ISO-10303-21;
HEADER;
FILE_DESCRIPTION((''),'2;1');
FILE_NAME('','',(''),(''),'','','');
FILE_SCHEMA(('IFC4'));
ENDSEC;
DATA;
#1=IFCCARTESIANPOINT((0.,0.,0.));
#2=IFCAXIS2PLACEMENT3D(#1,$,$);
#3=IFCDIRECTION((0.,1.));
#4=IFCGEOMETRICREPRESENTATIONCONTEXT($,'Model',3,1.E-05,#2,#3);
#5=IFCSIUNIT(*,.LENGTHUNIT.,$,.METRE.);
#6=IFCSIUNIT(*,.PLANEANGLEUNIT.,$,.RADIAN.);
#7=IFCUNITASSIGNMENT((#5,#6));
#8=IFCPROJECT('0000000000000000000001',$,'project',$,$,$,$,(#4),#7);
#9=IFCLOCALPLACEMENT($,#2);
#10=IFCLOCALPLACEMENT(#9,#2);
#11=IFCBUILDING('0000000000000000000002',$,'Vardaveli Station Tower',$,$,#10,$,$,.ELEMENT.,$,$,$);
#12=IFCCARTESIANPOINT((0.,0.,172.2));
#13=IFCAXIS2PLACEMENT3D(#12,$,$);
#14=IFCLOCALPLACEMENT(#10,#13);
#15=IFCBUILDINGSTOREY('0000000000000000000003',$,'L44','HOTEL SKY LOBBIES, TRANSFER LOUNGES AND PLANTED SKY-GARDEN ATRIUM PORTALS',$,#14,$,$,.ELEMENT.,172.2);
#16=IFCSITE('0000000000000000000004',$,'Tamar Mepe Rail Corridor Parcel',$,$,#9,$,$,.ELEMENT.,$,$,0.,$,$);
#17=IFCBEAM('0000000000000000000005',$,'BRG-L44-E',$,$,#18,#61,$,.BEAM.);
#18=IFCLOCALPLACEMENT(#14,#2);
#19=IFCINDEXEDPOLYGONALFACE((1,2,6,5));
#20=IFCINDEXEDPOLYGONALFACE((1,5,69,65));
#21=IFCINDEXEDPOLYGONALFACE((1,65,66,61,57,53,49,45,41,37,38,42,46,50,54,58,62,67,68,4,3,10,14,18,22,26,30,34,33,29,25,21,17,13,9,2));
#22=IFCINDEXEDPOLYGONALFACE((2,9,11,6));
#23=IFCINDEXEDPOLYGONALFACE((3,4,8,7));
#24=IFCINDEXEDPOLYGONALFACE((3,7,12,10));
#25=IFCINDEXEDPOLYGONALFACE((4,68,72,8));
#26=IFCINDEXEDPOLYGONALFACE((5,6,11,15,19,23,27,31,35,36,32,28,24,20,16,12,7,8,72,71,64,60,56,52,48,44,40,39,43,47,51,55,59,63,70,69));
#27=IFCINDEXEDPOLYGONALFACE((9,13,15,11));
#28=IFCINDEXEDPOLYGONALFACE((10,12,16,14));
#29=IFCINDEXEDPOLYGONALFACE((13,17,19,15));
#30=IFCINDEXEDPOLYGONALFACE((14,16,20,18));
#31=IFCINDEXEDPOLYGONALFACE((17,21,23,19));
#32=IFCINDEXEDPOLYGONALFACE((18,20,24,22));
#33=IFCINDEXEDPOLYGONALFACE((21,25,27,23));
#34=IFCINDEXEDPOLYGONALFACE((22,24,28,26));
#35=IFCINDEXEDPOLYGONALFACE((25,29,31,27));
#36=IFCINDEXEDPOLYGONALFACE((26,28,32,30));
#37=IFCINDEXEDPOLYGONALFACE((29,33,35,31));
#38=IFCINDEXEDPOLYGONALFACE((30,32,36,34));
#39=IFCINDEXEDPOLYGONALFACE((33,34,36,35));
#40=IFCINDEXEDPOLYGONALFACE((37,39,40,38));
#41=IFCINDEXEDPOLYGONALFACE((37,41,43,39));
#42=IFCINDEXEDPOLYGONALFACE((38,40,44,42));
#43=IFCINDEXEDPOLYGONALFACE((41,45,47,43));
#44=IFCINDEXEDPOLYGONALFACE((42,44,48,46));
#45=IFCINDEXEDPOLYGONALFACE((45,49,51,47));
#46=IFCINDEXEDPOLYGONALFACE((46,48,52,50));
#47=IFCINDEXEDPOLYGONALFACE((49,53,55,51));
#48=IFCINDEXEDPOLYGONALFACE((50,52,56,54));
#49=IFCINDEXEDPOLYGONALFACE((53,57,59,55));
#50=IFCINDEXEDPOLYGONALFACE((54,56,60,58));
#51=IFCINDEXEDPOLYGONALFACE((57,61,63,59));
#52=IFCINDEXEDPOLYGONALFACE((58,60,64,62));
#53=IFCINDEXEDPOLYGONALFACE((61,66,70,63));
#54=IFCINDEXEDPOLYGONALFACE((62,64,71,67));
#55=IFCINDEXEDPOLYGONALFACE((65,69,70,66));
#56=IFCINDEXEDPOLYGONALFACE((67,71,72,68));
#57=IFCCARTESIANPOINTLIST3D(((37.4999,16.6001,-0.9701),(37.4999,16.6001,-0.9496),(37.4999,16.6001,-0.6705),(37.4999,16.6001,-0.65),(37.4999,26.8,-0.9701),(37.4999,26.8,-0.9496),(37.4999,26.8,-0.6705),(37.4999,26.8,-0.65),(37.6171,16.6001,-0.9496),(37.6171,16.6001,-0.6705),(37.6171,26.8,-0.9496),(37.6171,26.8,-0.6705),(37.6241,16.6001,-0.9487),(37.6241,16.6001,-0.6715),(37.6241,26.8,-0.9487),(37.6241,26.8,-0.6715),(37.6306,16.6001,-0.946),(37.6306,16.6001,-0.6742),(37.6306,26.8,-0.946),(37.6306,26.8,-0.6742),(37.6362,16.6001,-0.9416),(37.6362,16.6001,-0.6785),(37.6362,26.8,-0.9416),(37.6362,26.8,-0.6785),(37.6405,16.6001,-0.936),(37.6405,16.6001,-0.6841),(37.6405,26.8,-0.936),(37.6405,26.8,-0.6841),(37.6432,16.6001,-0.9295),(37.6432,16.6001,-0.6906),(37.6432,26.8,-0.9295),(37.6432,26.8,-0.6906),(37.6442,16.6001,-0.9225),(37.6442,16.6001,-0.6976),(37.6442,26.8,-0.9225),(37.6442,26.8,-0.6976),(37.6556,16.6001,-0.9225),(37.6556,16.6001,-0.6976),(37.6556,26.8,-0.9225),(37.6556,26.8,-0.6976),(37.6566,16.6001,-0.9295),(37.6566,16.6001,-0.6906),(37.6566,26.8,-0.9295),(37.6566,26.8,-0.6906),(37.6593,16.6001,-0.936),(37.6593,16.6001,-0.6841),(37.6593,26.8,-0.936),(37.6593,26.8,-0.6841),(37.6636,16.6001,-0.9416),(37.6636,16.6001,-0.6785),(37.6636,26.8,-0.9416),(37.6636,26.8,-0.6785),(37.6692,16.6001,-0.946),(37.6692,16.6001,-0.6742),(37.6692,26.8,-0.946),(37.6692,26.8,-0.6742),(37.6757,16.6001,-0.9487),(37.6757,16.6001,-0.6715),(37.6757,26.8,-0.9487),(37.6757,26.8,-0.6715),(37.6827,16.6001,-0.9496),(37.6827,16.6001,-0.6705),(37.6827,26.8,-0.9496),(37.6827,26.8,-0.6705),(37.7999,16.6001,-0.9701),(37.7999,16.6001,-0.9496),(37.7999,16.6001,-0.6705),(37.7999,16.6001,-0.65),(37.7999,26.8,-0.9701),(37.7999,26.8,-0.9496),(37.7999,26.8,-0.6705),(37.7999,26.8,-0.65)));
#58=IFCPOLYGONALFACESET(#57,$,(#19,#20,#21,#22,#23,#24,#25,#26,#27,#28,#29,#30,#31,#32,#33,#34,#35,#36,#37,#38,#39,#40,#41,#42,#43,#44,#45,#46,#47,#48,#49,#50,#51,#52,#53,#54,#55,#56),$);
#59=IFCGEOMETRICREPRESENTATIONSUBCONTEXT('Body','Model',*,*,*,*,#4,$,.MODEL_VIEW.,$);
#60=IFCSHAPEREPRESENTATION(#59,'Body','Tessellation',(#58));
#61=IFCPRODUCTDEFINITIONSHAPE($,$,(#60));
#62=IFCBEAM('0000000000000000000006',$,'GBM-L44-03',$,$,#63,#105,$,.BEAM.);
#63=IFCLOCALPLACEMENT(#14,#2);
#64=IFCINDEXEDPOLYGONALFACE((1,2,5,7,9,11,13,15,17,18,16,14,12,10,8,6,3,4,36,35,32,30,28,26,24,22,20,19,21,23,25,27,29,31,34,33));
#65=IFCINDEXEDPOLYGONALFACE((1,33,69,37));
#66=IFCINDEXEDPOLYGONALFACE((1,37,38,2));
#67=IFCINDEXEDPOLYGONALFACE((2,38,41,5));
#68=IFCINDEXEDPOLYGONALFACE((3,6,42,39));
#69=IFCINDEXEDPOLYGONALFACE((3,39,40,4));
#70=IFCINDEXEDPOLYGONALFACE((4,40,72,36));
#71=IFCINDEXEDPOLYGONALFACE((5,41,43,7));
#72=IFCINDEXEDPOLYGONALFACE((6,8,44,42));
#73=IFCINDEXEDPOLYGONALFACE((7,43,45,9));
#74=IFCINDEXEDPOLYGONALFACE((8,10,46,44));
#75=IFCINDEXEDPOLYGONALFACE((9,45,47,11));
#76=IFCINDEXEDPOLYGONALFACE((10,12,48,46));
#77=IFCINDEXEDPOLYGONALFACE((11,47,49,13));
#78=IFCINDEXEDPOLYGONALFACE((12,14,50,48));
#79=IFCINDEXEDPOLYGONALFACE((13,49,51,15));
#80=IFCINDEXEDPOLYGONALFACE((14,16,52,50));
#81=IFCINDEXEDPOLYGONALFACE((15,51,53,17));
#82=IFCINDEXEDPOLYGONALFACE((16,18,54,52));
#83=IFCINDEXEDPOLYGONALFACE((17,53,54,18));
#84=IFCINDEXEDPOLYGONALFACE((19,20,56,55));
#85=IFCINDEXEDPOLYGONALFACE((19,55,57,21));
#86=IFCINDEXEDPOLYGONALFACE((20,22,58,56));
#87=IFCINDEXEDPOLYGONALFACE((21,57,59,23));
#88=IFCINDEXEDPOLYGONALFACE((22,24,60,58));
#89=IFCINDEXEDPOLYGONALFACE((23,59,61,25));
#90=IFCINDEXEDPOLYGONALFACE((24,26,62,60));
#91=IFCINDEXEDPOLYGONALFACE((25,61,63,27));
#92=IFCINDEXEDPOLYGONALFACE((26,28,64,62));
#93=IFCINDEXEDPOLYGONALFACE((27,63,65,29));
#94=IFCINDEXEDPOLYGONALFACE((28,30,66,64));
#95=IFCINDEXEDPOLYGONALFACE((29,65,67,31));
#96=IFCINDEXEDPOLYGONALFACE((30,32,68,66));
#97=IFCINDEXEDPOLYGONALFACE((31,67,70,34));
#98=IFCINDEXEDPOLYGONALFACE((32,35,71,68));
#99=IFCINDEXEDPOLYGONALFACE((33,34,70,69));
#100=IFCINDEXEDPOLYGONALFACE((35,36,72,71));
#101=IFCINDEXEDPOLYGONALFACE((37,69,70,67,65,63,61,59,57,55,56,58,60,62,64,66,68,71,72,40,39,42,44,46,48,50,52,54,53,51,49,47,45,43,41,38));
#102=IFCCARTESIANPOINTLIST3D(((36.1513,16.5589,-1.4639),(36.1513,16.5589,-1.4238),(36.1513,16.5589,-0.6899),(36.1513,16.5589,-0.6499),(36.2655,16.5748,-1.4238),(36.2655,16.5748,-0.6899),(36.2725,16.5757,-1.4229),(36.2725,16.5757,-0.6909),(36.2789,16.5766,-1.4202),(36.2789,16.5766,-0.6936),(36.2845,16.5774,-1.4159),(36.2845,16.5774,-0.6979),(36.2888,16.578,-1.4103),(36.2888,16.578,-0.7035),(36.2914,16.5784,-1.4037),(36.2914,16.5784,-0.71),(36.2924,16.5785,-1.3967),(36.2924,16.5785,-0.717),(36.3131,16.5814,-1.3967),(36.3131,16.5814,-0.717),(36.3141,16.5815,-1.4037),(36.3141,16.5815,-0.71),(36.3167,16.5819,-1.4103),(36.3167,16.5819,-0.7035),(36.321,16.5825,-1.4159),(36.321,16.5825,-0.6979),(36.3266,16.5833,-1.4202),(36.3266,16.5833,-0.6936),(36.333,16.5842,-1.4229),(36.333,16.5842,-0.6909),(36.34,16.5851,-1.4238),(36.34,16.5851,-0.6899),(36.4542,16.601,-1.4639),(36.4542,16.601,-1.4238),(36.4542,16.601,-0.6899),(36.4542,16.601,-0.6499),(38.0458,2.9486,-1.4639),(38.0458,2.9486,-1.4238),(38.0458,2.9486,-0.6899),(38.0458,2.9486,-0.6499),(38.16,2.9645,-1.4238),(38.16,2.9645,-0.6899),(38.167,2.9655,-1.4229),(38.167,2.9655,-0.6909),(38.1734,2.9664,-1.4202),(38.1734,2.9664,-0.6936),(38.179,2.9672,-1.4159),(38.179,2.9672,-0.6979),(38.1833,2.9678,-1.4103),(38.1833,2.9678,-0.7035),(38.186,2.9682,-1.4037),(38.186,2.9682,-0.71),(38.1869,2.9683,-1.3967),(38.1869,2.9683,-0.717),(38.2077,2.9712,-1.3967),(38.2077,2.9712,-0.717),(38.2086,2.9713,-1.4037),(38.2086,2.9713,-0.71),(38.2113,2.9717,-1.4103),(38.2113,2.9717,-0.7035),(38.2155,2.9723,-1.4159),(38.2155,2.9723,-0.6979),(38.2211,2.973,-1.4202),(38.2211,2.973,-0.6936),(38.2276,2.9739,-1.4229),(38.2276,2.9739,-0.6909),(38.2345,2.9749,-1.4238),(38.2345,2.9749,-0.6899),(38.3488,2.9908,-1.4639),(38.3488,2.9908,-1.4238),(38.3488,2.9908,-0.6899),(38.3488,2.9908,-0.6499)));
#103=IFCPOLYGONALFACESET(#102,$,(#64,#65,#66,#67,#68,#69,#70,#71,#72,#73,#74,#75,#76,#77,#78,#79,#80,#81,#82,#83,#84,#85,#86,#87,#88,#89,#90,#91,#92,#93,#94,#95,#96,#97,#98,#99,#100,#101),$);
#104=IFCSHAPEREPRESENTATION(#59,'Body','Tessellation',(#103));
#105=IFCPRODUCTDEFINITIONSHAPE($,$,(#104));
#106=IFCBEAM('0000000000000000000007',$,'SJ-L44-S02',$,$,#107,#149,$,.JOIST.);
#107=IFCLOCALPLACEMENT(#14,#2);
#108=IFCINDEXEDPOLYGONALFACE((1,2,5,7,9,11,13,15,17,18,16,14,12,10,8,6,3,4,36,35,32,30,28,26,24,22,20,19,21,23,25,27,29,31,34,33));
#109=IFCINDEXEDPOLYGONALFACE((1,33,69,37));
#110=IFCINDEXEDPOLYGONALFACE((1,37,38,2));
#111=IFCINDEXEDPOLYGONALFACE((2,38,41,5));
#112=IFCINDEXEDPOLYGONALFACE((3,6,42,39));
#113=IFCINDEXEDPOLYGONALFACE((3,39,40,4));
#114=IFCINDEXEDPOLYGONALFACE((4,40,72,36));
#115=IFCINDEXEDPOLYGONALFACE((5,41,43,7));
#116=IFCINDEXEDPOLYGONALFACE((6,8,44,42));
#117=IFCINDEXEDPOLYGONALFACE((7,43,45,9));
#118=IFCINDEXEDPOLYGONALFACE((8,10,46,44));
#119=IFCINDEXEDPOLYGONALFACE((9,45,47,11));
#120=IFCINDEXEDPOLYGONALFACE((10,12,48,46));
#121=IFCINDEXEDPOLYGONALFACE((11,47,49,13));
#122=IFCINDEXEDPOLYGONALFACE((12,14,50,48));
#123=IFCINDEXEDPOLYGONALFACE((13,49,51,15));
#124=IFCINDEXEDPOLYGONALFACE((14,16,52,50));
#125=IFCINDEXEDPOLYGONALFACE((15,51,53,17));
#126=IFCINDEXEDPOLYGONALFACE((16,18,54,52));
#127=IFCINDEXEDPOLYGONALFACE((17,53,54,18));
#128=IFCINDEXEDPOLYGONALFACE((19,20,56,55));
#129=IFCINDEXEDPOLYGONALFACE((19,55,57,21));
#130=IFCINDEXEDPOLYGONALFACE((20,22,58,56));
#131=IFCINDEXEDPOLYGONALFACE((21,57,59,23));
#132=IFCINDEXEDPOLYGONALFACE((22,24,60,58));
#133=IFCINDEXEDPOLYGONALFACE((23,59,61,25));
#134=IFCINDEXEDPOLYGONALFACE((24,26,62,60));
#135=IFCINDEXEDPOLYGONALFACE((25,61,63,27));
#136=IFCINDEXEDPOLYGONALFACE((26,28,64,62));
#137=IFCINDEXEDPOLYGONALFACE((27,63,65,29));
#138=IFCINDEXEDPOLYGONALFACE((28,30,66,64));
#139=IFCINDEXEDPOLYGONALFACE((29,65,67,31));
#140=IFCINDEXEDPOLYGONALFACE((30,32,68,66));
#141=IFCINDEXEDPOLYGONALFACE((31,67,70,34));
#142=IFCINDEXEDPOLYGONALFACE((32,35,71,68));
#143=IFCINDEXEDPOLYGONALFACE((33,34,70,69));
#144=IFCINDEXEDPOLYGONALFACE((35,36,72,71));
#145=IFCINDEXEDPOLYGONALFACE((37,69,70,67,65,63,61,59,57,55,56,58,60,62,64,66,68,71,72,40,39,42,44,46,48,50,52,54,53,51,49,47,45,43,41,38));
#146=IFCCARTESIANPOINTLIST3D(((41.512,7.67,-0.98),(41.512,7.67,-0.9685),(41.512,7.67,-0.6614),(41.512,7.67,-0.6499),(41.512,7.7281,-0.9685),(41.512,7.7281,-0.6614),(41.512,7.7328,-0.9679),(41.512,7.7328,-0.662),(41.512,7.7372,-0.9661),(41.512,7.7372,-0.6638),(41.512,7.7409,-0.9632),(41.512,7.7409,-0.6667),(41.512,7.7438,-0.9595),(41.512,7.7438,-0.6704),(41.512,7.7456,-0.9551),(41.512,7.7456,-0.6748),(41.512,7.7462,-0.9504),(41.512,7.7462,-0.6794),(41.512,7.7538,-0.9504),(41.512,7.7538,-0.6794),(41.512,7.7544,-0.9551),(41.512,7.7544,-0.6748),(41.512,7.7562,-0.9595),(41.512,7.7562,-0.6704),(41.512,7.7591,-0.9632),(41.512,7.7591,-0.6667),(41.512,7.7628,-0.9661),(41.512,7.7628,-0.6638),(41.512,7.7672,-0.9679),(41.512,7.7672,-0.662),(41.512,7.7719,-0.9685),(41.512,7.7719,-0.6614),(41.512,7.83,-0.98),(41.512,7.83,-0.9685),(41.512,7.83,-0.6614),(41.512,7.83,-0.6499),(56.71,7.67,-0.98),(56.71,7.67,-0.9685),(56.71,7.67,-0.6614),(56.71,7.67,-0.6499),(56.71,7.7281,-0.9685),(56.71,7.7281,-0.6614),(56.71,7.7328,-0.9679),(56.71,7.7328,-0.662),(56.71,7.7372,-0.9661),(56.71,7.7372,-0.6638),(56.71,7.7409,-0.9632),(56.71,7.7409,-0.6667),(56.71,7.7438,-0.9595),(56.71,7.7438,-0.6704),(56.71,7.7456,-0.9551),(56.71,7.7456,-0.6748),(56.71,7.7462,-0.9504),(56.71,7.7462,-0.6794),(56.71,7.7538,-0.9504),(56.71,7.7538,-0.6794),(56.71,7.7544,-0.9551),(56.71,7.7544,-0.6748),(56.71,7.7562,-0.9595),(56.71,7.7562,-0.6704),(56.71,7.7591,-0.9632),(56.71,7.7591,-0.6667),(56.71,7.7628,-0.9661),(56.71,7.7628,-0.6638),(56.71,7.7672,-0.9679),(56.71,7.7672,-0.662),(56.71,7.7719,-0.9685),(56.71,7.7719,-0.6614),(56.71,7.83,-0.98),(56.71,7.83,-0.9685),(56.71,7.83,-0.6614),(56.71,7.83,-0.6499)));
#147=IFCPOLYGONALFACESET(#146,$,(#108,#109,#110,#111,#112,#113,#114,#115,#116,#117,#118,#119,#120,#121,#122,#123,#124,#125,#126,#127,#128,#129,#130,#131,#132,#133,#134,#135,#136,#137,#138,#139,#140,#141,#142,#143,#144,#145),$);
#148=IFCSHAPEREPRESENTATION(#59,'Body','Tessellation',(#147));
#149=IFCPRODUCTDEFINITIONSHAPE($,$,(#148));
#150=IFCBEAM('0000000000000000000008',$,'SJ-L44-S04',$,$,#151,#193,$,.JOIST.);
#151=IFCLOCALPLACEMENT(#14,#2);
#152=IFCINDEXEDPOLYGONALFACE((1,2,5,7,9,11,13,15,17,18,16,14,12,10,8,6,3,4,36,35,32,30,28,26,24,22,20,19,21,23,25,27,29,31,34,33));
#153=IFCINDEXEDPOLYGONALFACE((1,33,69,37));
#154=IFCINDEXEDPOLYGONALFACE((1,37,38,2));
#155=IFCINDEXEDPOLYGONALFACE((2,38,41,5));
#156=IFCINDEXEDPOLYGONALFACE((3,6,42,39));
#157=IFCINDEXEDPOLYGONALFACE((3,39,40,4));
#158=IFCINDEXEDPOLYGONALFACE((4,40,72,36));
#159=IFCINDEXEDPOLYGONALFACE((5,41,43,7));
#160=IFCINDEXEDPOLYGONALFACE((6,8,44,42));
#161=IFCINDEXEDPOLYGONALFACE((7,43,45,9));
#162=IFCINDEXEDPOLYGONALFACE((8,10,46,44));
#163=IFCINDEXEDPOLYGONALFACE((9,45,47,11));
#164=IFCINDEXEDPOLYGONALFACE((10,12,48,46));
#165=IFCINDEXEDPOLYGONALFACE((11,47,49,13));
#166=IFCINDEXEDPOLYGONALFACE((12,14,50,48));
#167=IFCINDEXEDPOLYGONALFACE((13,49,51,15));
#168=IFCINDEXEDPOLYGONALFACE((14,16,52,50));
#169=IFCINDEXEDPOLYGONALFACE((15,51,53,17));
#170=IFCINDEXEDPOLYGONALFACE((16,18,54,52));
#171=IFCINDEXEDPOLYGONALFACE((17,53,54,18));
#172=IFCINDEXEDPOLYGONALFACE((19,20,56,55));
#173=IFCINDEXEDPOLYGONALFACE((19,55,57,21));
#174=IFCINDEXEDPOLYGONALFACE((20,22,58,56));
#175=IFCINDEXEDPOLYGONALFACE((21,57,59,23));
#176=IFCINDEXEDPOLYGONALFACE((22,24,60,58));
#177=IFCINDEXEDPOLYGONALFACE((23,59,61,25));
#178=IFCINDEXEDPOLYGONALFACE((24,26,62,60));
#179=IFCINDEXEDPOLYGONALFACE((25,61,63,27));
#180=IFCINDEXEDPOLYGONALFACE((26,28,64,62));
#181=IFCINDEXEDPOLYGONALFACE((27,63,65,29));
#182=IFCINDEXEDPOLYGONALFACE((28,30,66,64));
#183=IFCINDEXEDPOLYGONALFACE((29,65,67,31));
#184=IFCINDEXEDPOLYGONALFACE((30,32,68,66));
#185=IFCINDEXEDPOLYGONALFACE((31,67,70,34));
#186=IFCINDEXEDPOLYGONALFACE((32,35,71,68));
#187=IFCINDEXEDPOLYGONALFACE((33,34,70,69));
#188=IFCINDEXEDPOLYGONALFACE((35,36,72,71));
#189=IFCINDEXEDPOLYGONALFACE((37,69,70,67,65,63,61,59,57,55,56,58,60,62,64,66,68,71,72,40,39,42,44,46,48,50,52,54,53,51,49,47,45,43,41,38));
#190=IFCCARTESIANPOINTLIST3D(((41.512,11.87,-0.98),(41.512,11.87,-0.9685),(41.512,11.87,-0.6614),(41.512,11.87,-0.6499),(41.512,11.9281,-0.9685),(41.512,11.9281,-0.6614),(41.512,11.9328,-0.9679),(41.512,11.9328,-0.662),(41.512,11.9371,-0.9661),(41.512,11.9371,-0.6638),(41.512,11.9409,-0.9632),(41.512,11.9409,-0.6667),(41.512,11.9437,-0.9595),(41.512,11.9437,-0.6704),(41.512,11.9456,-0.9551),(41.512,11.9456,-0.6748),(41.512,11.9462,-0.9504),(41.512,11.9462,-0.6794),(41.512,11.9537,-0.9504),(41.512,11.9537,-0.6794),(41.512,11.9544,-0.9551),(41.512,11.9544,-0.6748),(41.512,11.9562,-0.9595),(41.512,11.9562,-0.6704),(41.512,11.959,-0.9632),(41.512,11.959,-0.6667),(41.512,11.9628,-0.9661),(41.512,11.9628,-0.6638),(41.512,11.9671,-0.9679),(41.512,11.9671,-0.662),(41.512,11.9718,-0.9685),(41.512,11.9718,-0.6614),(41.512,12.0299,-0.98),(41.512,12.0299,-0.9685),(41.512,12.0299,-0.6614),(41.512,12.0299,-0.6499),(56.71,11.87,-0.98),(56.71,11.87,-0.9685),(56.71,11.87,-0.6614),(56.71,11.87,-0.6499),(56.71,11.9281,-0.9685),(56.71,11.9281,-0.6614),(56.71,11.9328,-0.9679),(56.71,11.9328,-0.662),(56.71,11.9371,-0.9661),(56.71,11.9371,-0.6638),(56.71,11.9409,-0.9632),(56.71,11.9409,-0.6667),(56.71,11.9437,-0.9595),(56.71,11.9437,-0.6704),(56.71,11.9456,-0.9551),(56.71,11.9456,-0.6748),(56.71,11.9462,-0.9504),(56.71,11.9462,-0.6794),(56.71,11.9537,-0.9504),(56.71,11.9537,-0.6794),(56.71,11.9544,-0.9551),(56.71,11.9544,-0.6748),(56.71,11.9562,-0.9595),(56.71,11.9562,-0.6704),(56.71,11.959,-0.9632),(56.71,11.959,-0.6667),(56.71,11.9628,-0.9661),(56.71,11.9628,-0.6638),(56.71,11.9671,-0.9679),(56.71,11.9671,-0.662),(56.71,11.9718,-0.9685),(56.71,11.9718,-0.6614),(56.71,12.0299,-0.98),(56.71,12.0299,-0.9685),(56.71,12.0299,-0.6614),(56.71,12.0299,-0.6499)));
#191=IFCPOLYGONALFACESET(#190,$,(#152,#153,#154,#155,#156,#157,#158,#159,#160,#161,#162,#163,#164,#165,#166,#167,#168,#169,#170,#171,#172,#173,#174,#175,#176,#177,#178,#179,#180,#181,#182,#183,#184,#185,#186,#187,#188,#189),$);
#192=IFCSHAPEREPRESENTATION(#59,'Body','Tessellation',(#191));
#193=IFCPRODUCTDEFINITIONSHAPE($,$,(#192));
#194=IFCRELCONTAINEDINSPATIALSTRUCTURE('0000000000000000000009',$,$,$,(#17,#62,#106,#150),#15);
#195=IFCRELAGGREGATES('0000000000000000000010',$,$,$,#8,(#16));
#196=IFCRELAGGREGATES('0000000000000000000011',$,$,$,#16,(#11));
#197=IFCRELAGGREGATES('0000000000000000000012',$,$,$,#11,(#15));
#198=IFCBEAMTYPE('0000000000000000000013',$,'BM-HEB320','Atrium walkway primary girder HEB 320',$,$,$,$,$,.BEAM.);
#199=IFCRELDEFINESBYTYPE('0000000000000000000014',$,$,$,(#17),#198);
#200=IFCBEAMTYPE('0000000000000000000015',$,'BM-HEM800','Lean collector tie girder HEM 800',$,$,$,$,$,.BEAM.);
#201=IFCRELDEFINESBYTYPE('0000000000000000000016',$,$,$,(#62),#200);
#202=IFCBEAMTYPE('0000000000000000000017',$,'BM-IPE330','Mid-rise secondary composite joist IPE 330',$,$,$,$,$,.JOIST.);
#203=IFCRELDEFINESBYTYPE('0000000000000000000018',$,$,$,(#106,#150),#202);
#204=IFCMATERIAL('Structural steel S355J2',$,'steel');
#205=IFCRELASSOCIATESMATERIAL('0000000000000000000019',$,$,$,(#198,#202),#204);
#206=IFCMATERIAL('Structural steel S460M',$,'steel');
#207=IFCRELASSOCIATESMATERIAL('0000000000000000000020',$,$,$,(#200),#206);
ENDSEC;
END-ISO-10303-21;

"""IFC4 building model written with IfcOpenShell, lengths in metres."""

from ifc_helpers import new_model, si_unit, direction, frame, origin, origin_2d, place, context, subcontext, project, spatial, i_section, extrude, source, transform, mapped, material, material_profile, profile_set, type_object, element, save


model = new_model("IFC4")

# Units and contexts
model_context = context("Model", 3, precision=1e-05, world=origin(), true_north=direction((0.0, 1.0)))
body_context = subcontext(model_context, "Body", "Model", "MODEL_VIEW")
ifc_project = project(units=[si_unit("LENGTHUNIT", "METRE"), si_unit("PLANEANGLEUNIT", "RADIAN")], contexts=[model_context])

# Site, building, storey
site_placement = place(None, origin())
site = spatial("IfcSite", under=ifc_project, at=site_placement, Name="Tamar Mepe Rail Corridor Parcel", CompositionType="ELEMENT", RefElevation=0.0)
building_placement = place(site_placement, origin())
building = spatial("IfcBuilding", under=site, at=building_placement, Name="Vardaveli Station Tower", CompositionType="ELEMENT")
storey_placement = place(building_placement, frame((0.0, 0.0, 172.2)))
storey = spatial("IfcBuildingStorey", under=building, at=storey_placement, Name="L44", Description="HOTEL SKY LOBBIES, TRANSFER LOUNGES AND PLANTED SKY-GARDEN ATRIUM PORTALS", CompositionType="ELEMENT", Elevation=172.2)

# Shared definitions
ifc_material_1 = material(Name="Structural steel S460M", Category="steel")

# Beams
ifc_material_2 = material(Name="Structural steel S355J2", Category="steel")
ifc_material_profile_1 = material_profile(ifc_material_2, i_section(OverallWidth=0.3, OverallDepth=0.3201, WebThickness=0.0115, FlangeThickness=0.0205, FilletRadius=0.0271, at=origin_2d()), Name="HEB 320")
ifc_profile_set_1 = profile_set([ifc_material_profile_1], Name="Structural steel S355J2")
beam_type_1 = type_object("IfcBeamType", Name="BM-HEB320", Description="Atrium walkway primary girder HEB 320", PredefinedType="BEAM", material=ifc_profile_set_1)
shared_shape_1 = source(origin(), body_context, "Body", "SweptSolid", [
    extrude(i_section(OverallWidth=0.3, OverallDepth=0.3201, WebThickness=0.0115, FlangeThickness=0.0205, FilletRadius=0.0271, at=origin_2d()), origin(), (0.0, 0.0, 1.0), 10.2),
])
beam_1_placement = place(storey_placement, frame((37.6499, 16.6001, -0.8101), z_axis=(0.0, 1.0, 0.0), x_axis=(-1.0, 0.0, 0.0)))
element("IfcBeam", 1, at=beam_1_placement, inside=storey, type_object=beam_type_1, Name="BRG-L44-E", PredefinedType="BEAM", context=body_context, shape_type="MappedRepresentation", body=[
    mapped(shared_shape_1, transform((0.0, 0.0, 0.0), scale=1.0)),
])
ifc_material_profile_2 = material_profile(ifc_material_1, i_section(OverallWidth=0.3059, OverallDepth=0.814, WebThickness=0.021, FlangeThickness=0.04, FilletRadius=0.0271, at=origin_2d()), Name="HEM 800")
ifc_profile_set_2 = profile_set([ifc_material_profile_2], Name="Structural steel S460M")
beam_type_2 = type_object("IfcBeamType", Name="BM-HEM800", Description="Lean collector tie girder HEM 800", PredefinedType="BEAM", material=ifc_profile_set_2)
shared_shape_2 = source(origin(), body_context, "Body", "SweptSolid", [
    extrude(i_section(OverallWidth=0.3059, OverallDepth=0.814, WebThickness=0.021, FlangeThickness=0.04, FilletRadius=0.0271, at=origin_2d()), origin(), (0.0, 0.0, 1.0), 13.7415),
])
beam_2_placement = place(storey_placement, frame((38.1973, 2.9697, -1.0569), z_axis=(-0.137869, 0.990451, 0.0), x_axis=(-0.990451, -0.137869, 0.0)))
element("IfcBeam", 2, at=beam_2_placement, inside=storey, type_object=beam_type_2, Name="GBM-L44-03", PredefinedType="BEAM", context=body_context, shape_type="MappedRepresentation", body=[
    mapped(shared_shape_2, transform((0.0, 0.0, 0.0), scale=1.0)),
])
ifc_material_profile_3 = material_profile(ifc_material_2, i_section(OverallWidth=0.1599, OverallDepth=0.3301, WebThickness=0.0076, FlangeThickness=0.0115, FilletRadius=0.0181, at=origin_2d()), Name="IPE 330")
ifc_profile_set_3 = profile_set([ifc_material_profile_3], Name="Structural steel S355J2")
beam_type_3 = type_object("IfcBeamType", Name="BM-IPE330", Description="Mid-rise secondary composite joist IPE 330", PredefinedType="JOIST", material=ifc_profile_set_3)
shared_shape_3 = source(origin(), body_context, "Body", "SweptSolid", [
    extrude(i_section(OverallWidth=0.1599, OverallDepth=0.3301, WebThickness=0.0076, FlangeThickness=0.0115, FilletRadius=0.0181, at=origin_2d()), origin(), (0.0, 0.0, 1.0), 15.198),
])
for number, where, z_axis, x_axis, name in (
    (3, (41.512, 7.75, -0.8149), (1.0, 0.0, 0.0), (0.0, 1.0, 0.0), "SJ-L44-S02"),
    (4, (41.512, 11.95, -0.8149), (1.0, 0.0, 0.0), (0.0, 1.0, 0.0), "SJ-L44-S04"),
):
    element("IfcBeam", number, at=place(storey_placement, frame(where, z_axis=z_axis, x_axis=x_axis)), inside=storey, type_object=beam_type_3, Name=name, PredefinedType="JOIST", context=body_context, shape_type="MappedRepresentation", body=[
        mapped(shared_shape_3, transform((0.0, 0.0, 0.0), scale=1.0)),
    ])

save(model, "model.ifc")
